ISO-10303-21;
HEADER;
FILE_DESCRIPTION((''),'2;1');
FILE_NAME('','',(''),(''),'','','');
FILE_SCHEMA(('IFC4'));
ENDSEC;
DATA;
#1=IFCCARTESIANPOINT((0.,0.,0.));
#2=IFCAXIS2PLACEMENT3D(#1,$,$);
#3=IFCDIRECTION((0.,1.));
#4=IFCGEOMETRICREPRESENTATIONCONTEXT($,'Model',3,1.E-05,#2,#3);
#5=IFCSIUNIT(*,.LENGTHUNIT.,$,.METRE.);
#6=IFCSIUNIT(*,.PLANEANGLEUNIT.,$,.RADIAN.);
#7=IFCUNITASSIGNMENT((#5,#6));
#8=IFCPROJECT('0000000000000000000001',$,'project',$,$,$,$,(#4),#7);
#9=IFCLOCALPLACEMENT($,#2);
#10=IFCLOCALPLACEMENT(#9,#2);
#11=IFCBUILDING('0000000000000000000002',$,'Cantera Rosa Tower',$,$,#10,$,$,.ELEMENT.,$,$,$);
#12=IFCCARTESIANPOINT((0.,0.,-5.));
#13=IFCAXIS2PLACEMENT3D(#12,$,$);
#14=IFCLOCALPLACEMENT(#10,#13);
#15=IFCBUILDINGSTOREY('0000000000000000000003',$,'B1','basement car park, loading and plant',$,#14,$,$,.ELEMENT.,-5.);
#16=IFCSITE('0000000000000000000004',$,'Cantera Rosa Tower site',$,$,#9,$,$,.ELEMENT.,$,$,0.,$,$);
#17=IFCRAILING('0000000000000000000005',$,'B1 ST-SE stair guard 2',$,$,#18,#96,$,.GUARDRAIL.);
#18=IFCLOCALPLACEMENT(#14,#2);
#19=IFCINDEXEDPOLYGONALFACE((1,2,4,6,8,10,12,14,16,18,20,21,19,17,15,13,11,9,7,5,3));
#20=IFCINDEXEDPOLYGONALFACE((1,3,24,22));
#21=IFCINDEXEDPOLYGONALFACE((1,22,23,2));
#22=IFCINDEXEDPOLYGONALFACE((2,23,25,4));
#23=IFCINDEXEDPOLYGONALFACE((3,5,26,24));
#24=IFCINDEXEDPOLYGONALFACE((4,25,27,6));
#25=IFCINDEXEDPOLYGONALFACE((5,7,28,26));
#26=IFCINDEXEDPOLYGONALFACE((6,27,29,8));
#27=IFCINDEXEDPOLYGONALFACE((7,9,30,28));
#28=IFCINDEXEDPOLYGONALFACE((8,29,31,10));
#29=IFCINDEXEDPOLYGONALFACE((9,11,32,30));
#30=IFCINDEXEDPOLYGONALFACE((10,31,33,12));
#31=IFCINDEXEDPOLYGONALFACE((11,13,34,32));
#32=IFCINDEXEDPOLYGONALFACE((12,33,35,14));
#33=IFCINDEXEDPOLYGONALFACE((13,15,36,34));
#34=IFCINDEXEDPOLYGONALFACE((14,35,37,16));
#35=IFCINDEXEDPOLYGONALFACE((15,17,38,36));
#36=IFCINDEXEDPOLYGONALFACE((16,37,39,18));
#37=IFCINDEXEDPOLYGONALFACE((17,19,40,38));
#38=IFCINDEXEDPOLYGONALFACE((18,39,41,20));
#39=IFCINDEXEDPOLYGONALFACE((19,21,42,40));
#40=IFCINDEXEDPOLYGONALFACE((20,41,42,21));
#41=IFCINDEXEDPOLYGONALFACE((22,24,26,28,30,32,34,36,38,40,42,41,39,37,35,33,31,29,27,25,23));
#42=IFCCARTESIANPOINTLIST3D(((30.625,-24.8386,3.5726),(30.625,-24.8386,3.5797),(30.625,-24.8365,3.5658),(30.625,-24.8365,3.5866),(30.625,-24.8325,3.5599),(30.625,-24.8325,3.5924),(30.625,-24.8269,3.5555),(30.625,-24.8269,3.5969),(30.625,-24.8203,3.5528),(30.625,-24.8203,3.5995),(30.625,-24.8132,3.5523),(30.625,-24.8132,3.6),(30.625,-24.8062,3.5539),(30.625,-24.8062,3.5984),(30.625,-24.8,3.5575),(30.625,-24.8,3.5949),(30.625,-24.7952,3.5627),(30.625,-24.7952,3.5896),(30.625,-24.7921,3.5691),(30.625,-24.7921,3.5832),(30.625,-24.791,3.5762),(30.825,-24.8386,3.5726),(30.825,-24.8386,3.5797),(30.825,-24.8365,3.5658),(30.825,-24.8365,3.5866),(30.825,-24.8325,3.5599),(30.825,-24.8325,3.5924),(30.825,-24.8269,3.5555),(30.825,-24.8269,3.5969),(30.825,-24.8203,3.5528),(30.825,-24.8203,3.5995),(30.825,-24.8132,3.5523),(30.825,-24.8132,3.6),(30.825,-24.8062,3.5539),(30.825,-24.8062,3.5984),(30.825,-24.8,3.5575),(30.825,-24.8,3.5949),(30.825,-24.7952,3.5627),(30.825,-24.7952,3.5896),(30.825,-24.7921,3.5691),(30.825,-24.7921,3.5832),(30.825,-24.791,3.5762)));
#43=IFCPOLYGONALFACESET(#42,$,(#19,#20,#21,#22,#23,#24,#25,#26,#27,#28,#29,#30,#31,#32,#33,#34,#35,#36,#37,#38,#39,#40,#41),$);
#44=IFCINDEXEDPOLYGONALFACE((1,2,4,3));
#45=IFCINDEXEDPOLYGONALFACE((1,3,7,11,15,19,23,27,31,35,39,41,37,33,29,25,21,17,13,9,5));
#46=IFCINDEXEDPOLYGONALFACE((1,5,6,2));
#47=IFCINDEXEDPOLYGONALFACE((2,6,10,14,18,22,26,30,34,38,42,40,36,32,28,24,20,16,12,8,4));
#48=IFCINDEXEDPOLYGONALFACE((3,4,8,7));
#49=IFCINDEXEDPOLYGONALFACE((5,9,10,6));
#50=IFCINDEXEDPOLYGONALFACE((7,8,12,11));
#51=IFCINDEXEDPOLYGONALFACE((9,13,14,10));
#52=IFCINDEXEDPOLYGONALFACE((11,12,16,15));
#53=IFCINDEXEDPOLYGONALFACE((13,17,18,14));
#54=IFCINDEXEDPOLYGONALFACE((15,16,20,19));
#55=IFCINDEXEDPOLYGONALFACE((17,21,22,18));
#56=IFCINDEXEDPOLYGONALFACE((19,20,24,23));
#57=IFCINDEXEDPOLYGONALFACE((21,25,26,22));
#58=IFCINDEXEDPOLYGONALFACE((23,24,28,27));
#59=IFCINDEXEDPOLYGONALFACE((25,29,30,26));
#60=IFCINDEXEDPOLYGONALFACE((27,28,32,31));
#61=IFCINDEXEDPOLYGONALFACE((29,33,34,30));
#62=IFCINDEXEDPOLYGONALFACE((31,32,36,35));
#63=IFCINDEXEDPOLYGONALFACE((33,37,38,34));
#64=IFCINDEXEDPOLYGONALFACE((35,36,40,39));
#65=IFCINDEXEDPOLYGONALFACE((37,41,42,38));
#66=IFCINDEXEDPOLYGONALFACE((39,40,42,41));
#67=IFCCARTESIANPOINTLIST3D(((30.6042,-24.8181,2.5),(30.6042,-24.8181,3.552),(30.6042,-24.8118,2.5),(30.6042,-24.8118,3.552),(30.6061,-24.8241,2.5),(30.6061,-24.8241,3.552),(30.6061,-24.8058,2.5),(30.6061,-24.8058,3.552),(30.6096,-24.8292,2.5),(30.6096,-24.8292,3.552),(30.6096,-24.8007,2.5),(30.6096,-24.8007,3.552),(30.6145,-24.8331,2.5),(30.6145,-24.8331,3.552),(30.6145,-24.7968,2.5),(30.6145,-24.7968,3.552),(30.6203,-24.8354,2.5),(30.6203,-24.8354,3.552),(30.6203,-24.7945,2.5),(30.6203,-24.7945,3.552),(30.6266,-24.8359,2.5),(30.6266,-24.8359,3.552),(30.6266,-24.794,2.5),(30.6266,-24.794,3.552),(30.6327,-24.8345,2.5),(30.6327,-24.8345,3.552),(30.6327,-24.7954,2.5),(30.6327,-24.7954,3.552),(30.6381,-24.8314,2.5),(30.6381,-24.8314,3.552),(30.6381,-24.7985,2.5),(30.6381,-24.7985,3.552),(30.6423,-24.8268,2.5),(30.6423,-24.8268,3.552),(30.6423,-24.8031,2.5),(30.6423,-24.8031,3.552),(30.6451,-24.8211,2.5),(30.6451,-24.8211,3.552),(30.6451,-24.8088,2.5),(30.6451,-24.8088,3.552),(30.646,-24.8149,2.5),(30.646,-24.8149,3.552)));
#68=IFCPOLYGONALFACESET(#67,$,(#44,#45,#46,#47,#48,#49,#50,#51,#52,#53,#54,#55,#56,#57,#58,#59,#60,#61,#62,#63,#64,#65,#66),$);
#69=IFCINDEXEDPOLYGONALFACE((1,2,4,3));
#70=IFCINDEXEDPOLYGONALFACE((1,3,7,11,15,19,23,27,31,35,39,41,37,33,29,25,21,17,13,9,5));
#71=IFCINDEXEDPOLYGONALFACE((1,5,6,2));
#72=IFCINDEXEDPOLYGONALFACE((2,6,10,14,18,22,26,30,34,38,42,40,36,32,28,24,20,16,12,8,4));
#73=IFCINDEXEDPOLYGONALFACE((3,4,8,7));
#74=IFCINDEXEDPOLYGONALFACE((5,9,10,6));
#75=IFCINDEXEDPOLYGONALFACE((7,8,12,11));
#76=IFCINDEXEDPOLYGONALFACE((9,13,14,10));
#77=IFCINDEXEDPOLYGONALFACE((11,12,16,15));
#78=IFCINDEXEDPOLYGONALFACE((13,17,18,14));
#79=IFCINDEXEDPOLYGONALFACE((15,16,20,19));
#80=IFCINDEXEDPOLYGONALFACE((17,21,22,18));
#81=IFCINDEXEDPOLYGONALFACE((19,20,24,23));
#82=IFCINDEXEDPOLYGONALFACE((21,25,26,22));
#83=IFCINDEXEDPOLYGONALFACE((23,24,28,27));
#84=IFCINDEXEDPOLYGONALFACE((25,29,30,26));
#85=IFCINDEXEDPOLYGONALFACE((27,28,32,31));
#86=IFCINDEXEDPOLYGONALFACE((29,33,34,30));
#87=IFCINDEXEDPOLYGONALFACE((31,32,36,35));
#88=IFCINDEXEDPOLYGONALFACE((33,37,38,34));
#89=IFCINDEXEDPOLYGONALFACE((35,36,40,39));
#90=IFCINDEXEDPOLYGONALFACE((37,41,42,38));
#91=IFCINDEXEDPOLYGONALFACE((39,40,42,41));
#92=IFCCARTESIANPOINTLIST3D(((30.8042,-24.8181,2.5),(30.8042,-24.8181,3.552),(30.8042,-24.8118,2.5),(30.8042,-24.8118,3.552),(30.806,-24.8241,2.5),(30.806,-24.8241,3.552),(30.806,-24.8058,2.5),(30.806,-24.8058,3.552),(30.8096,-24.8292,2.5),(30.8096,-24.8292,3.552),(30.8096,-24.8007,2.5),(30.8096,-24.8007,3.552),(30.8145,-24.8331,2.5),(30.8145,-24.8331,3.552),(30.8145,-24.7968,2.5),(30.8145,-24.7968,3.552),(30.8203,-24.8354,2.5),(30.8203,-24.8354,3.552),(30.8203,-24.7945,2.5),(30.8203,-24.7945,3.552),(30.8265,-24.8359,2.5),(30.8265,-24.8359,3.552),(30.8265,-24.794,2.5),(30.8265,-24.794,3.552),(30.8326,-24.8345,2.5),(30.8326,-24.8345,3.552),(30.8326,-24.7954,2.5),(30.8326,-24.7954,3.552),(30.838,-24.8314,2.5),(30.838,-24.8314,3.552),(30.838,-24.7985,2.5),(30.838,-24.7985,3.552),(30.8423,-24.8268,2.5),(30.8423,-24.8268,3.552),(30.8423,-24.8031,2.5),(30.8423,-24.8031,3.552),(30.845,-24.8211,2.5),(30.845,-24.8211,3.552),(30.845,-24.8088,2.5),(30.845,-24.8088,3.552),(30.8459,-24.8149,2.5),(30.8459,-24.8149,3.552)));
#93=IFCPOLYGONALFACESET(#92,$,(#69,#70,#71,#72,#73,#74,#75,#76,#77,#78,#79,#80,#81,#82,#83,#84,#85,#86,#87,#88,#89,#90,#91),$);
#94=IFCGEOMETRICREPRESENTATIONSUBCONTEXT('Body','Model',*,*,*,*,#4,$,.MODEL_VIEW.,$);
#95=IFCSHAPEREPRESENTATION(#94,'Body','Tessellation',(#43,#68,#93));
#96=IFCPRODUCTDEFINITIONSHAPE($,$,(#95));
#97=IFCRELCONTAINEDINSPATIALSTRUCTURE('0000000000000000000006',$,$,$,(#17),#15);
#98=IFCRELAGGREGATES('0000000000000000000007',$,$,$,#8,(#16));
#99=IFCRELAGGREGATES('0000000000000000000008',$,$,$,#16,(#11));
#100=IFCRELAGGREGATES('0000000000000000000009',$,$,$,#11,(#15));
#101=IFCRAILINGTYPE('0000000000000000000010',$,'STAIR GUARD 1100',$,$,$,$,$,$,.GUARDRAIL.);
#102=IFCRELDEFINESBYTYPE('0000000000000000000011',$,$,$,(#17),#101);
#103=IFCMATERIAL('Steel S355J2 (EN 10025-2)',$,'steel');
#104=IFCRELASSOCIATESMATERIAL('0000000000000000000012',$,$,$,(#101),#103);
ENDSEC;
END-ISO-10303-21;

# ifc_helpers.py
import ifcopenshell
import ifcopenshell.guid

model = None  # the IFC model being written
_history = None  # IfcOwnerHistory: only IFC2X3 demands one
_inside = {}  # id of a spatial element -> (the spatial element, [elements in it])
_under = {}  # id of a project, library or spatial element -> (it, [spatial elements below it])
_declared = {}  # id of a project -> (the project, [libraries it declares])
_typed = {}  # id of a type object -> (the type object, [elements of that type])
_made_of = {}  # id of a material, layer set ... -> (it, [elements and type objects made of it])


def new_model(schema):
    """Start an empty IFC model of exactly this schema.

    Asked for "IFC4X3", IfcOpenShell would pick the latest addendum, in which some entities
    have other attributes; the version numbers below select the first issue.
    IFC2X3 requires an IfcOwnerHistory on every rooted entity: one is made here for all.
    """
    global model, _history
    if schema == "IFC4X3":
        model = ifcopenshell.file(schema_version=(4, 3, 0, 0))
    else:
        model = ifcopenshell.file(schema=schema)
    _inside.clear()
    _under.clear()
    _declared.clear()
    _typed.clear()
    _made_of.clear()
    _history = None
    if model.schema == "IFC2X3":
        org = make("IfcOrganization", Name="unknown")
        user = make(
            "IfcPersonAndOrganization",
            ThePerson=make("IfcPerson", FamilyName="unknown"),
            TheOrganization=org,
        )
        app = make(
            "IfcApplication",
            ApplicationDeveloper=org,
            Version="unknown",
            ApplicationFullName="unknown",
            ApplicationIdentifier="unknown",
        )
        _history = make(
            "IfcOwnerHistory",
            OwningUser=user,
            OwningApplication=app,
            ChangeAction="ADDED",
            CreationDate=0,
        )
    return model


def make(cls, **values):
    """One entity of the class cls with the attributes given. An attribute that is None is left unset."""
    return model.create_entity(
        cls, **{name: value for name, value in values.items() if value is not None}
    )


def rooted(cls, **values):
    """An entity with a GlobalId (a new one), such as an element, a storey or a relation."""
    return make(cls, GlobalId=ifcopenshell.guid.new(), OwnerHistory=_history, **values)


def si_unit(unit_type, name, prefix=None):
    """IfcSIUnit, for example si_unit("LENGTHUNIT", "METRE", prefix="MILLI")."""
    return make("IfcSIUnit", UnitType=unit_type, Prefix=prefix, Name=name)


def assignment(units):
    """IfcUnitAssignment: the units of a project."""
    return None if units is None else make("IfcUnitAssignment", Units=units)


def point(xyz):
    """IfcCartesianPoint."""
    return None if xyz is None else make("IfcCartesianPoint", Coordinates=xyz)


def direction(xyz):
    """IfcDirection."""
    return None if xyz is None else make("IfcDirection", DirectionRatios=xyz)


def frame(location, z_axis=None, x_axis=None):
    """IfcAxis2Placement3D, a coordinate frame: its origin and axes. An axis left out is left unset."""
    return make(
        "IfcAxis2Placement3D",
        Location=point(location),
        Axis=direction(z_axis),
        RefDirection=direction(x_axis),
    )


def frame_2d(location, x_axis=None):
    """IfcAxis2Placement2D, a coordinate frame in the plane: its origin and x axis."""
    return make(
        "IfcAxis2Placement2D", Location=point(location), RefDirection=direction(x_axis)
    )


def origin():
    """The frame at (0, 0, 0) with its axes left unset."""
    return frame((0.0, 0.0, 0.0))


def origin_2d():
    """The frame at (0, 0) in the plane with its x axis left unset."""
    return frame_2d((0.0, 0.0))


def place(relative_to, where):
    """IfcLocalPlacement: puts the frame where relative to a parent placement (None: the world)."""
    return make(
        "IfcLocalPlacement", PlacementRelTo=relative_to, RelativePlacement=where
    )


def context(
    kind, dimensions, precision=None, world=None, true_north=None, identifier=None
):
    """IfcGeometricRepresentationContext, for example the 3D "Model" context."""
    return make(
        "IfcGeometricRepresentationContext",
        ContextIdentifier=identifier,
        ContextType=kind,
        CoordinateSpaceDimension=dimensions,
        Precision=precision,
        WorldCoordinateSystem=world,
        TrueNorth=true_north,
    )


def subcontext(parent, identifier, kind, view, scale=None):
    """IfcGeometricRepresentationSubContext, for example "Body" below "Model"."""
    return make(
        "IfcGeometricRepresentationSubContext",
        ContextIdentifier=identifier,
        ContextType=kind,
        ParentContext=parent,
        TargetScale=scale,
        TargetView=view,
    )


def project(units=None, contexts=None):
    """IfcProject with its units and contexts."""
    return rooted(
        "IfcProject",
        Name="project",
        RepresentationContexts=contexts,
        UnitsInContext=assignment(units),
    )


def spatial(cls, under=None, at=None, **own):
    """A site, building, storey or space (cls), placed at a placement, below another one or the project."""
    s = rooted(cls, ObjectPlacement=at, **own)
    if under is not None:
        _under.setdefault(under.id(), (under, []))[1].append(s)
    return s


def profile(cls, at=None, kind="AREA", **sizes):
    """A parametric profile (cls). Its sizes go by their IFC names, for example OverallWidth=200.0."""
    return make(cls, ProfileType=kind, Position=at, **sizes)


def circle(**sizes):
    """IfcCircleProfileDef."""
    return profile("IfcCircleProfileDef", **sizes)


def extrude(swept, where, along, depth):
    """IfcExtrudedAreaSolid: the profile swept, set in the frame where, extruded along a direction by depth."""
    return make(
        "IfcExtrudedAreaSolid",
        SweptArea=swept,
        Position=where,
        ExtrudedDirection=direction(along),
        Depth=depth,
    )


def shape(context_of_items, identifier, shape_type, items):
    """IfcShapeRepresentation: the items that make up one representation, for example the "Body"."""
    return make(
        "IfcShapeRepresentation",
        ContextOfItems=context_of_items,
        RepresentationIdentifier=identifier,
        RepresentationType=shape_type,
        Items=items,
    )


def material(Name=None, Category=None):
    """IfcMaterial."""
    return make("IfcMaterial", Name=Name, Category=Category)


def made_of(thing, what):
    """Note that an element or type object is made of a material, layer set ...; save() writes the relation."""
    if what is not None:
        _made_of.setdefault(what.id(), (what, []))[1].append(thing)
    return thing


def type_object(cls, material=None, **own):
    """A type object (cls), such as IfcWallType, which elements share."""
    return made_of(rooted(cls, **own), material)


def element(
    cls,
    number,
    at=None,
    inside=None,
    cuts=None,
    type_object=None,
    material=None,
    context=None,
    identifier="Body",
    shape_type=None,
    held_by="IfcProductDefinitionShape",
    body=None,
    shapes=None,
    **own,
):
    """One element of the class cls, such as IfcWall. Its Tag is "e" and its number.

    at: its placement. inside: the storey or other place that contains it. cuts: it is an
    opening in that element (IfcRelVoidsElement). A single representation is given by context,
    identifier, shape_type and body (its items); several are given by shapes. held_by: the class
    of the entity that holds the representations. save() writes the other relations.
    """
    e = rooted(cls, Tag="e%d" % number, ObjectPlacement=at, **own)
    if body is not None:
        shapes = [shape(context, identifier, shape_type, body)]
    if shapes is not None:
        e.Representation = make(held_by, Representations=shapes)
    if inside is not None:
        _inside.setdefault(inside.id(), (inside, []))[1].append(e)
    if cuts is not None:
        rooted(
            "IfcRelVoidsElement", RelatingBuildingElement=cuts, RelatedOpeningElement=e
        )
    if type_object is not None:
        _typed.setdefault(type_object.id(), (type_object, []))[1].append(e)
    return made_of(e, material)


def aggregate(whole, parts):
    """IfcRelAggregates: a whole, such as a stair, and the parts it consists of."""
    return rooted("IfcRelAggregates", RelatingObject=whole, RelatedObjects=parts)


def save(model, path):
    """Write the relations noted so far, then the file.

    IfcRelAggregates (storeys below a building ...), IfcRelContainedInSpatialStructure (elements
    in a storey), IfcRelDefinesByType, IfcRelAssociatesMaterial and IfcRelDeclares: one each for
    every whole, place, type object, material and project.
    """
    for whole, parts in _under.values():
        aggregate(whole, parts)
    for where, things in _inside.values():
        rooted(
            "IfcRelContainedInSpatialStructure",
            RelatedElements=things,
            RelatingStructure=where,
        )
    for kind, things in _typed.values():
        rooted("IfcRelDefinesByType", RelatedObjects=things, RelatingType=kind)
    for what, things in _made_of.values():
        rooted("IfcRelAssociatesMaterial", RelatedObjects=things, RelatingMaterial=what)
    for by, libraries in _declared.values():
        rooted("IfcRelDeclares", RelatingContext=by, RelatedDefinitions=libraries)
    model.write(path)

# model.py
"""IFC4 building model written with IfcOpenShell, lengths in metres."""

from ifc_helpers import new_model, si_unit, direction, frame, origin, origin_2d, place, context, subcontext, project, spatial, circle, extrude, material, type_object, element, save


model = new_model("IFC4")

# Units and contexts
model_context = context("Model", 3, precision=1e-05, world=origin(), true_north=direction((0.0, 1.0)))
body_context = subcontext(model_context, "Body", "Model", "MODEL_VIEW")
ifc_project = project(units=[si_unit("LENGTHUNIT", "METRE"), si_unit("PLANEANGLEUNIT", "RADIAN")], contexts=[model_context])

# Site, building, storey
site_placement = place(None, origin())
site = spatial("IfcSite", under=ifc_project, at=site_placement, Name="Cantera Rosa Tower site", CompositionType="ELEMENT", RefElevation=0.0)
building_placement = place(site_placement, origin())
building = spatial("IfcBuilding", under=site, at=building_placement, Name="Cantera Rosa Tower", CompositionType="ELEMENT")
storey_placement = place(building_placement, frame((0.0, 0.0, -5.0)))
storey = spatial("IfcBuildingStorey", under=building, at=storey_placement, Name="B1", Description="basement car park, loading and plant", CompositionType="ELEMENT", Elevation=-5.0)

# Railing
ifc_material_1 = material(Name="Steel S355J2 (EN 10025-2)", Category="steel")
railing_type_1 = type_object("IfcRailingType", Name="STAIR GUARD 1100", PredefinedType="GUARDRAIL", material=ifc_material_1)
railing_1_placement = place(storey_placement, frame((30.625, -24.8149, 2.5)))
element("IfcRailing", 1, at=railing_1_placement, inside=storey, type_object=railing_type_1, Name="B1 ST-SE stair guard 2", PredefinedType="GUARDRAIL", context=body_context, shape_type="SweptSolid", body=[
    extrude(circle(Radius=0.0239, at=origin_2d()), frame((0.0, 0.0, 1.0762), z_axis=(1.0, 0.0, 0.0), x_axis=(0.0, 1.0, 0.0)), (0.0, 0.0, 1.0), 0.2),
    extrude(circle(Radius=0.021, at=origin_2d()), origin(), (0.0, 0.0, 1.0), 1.052),
    extrude(circle(Radius=0.021, at=origin_2d()), frame((0.2, 0.0, 0.0)), (0.0, 0.0, 1.0), 1.052),
])

save(model, "model.ifc")
